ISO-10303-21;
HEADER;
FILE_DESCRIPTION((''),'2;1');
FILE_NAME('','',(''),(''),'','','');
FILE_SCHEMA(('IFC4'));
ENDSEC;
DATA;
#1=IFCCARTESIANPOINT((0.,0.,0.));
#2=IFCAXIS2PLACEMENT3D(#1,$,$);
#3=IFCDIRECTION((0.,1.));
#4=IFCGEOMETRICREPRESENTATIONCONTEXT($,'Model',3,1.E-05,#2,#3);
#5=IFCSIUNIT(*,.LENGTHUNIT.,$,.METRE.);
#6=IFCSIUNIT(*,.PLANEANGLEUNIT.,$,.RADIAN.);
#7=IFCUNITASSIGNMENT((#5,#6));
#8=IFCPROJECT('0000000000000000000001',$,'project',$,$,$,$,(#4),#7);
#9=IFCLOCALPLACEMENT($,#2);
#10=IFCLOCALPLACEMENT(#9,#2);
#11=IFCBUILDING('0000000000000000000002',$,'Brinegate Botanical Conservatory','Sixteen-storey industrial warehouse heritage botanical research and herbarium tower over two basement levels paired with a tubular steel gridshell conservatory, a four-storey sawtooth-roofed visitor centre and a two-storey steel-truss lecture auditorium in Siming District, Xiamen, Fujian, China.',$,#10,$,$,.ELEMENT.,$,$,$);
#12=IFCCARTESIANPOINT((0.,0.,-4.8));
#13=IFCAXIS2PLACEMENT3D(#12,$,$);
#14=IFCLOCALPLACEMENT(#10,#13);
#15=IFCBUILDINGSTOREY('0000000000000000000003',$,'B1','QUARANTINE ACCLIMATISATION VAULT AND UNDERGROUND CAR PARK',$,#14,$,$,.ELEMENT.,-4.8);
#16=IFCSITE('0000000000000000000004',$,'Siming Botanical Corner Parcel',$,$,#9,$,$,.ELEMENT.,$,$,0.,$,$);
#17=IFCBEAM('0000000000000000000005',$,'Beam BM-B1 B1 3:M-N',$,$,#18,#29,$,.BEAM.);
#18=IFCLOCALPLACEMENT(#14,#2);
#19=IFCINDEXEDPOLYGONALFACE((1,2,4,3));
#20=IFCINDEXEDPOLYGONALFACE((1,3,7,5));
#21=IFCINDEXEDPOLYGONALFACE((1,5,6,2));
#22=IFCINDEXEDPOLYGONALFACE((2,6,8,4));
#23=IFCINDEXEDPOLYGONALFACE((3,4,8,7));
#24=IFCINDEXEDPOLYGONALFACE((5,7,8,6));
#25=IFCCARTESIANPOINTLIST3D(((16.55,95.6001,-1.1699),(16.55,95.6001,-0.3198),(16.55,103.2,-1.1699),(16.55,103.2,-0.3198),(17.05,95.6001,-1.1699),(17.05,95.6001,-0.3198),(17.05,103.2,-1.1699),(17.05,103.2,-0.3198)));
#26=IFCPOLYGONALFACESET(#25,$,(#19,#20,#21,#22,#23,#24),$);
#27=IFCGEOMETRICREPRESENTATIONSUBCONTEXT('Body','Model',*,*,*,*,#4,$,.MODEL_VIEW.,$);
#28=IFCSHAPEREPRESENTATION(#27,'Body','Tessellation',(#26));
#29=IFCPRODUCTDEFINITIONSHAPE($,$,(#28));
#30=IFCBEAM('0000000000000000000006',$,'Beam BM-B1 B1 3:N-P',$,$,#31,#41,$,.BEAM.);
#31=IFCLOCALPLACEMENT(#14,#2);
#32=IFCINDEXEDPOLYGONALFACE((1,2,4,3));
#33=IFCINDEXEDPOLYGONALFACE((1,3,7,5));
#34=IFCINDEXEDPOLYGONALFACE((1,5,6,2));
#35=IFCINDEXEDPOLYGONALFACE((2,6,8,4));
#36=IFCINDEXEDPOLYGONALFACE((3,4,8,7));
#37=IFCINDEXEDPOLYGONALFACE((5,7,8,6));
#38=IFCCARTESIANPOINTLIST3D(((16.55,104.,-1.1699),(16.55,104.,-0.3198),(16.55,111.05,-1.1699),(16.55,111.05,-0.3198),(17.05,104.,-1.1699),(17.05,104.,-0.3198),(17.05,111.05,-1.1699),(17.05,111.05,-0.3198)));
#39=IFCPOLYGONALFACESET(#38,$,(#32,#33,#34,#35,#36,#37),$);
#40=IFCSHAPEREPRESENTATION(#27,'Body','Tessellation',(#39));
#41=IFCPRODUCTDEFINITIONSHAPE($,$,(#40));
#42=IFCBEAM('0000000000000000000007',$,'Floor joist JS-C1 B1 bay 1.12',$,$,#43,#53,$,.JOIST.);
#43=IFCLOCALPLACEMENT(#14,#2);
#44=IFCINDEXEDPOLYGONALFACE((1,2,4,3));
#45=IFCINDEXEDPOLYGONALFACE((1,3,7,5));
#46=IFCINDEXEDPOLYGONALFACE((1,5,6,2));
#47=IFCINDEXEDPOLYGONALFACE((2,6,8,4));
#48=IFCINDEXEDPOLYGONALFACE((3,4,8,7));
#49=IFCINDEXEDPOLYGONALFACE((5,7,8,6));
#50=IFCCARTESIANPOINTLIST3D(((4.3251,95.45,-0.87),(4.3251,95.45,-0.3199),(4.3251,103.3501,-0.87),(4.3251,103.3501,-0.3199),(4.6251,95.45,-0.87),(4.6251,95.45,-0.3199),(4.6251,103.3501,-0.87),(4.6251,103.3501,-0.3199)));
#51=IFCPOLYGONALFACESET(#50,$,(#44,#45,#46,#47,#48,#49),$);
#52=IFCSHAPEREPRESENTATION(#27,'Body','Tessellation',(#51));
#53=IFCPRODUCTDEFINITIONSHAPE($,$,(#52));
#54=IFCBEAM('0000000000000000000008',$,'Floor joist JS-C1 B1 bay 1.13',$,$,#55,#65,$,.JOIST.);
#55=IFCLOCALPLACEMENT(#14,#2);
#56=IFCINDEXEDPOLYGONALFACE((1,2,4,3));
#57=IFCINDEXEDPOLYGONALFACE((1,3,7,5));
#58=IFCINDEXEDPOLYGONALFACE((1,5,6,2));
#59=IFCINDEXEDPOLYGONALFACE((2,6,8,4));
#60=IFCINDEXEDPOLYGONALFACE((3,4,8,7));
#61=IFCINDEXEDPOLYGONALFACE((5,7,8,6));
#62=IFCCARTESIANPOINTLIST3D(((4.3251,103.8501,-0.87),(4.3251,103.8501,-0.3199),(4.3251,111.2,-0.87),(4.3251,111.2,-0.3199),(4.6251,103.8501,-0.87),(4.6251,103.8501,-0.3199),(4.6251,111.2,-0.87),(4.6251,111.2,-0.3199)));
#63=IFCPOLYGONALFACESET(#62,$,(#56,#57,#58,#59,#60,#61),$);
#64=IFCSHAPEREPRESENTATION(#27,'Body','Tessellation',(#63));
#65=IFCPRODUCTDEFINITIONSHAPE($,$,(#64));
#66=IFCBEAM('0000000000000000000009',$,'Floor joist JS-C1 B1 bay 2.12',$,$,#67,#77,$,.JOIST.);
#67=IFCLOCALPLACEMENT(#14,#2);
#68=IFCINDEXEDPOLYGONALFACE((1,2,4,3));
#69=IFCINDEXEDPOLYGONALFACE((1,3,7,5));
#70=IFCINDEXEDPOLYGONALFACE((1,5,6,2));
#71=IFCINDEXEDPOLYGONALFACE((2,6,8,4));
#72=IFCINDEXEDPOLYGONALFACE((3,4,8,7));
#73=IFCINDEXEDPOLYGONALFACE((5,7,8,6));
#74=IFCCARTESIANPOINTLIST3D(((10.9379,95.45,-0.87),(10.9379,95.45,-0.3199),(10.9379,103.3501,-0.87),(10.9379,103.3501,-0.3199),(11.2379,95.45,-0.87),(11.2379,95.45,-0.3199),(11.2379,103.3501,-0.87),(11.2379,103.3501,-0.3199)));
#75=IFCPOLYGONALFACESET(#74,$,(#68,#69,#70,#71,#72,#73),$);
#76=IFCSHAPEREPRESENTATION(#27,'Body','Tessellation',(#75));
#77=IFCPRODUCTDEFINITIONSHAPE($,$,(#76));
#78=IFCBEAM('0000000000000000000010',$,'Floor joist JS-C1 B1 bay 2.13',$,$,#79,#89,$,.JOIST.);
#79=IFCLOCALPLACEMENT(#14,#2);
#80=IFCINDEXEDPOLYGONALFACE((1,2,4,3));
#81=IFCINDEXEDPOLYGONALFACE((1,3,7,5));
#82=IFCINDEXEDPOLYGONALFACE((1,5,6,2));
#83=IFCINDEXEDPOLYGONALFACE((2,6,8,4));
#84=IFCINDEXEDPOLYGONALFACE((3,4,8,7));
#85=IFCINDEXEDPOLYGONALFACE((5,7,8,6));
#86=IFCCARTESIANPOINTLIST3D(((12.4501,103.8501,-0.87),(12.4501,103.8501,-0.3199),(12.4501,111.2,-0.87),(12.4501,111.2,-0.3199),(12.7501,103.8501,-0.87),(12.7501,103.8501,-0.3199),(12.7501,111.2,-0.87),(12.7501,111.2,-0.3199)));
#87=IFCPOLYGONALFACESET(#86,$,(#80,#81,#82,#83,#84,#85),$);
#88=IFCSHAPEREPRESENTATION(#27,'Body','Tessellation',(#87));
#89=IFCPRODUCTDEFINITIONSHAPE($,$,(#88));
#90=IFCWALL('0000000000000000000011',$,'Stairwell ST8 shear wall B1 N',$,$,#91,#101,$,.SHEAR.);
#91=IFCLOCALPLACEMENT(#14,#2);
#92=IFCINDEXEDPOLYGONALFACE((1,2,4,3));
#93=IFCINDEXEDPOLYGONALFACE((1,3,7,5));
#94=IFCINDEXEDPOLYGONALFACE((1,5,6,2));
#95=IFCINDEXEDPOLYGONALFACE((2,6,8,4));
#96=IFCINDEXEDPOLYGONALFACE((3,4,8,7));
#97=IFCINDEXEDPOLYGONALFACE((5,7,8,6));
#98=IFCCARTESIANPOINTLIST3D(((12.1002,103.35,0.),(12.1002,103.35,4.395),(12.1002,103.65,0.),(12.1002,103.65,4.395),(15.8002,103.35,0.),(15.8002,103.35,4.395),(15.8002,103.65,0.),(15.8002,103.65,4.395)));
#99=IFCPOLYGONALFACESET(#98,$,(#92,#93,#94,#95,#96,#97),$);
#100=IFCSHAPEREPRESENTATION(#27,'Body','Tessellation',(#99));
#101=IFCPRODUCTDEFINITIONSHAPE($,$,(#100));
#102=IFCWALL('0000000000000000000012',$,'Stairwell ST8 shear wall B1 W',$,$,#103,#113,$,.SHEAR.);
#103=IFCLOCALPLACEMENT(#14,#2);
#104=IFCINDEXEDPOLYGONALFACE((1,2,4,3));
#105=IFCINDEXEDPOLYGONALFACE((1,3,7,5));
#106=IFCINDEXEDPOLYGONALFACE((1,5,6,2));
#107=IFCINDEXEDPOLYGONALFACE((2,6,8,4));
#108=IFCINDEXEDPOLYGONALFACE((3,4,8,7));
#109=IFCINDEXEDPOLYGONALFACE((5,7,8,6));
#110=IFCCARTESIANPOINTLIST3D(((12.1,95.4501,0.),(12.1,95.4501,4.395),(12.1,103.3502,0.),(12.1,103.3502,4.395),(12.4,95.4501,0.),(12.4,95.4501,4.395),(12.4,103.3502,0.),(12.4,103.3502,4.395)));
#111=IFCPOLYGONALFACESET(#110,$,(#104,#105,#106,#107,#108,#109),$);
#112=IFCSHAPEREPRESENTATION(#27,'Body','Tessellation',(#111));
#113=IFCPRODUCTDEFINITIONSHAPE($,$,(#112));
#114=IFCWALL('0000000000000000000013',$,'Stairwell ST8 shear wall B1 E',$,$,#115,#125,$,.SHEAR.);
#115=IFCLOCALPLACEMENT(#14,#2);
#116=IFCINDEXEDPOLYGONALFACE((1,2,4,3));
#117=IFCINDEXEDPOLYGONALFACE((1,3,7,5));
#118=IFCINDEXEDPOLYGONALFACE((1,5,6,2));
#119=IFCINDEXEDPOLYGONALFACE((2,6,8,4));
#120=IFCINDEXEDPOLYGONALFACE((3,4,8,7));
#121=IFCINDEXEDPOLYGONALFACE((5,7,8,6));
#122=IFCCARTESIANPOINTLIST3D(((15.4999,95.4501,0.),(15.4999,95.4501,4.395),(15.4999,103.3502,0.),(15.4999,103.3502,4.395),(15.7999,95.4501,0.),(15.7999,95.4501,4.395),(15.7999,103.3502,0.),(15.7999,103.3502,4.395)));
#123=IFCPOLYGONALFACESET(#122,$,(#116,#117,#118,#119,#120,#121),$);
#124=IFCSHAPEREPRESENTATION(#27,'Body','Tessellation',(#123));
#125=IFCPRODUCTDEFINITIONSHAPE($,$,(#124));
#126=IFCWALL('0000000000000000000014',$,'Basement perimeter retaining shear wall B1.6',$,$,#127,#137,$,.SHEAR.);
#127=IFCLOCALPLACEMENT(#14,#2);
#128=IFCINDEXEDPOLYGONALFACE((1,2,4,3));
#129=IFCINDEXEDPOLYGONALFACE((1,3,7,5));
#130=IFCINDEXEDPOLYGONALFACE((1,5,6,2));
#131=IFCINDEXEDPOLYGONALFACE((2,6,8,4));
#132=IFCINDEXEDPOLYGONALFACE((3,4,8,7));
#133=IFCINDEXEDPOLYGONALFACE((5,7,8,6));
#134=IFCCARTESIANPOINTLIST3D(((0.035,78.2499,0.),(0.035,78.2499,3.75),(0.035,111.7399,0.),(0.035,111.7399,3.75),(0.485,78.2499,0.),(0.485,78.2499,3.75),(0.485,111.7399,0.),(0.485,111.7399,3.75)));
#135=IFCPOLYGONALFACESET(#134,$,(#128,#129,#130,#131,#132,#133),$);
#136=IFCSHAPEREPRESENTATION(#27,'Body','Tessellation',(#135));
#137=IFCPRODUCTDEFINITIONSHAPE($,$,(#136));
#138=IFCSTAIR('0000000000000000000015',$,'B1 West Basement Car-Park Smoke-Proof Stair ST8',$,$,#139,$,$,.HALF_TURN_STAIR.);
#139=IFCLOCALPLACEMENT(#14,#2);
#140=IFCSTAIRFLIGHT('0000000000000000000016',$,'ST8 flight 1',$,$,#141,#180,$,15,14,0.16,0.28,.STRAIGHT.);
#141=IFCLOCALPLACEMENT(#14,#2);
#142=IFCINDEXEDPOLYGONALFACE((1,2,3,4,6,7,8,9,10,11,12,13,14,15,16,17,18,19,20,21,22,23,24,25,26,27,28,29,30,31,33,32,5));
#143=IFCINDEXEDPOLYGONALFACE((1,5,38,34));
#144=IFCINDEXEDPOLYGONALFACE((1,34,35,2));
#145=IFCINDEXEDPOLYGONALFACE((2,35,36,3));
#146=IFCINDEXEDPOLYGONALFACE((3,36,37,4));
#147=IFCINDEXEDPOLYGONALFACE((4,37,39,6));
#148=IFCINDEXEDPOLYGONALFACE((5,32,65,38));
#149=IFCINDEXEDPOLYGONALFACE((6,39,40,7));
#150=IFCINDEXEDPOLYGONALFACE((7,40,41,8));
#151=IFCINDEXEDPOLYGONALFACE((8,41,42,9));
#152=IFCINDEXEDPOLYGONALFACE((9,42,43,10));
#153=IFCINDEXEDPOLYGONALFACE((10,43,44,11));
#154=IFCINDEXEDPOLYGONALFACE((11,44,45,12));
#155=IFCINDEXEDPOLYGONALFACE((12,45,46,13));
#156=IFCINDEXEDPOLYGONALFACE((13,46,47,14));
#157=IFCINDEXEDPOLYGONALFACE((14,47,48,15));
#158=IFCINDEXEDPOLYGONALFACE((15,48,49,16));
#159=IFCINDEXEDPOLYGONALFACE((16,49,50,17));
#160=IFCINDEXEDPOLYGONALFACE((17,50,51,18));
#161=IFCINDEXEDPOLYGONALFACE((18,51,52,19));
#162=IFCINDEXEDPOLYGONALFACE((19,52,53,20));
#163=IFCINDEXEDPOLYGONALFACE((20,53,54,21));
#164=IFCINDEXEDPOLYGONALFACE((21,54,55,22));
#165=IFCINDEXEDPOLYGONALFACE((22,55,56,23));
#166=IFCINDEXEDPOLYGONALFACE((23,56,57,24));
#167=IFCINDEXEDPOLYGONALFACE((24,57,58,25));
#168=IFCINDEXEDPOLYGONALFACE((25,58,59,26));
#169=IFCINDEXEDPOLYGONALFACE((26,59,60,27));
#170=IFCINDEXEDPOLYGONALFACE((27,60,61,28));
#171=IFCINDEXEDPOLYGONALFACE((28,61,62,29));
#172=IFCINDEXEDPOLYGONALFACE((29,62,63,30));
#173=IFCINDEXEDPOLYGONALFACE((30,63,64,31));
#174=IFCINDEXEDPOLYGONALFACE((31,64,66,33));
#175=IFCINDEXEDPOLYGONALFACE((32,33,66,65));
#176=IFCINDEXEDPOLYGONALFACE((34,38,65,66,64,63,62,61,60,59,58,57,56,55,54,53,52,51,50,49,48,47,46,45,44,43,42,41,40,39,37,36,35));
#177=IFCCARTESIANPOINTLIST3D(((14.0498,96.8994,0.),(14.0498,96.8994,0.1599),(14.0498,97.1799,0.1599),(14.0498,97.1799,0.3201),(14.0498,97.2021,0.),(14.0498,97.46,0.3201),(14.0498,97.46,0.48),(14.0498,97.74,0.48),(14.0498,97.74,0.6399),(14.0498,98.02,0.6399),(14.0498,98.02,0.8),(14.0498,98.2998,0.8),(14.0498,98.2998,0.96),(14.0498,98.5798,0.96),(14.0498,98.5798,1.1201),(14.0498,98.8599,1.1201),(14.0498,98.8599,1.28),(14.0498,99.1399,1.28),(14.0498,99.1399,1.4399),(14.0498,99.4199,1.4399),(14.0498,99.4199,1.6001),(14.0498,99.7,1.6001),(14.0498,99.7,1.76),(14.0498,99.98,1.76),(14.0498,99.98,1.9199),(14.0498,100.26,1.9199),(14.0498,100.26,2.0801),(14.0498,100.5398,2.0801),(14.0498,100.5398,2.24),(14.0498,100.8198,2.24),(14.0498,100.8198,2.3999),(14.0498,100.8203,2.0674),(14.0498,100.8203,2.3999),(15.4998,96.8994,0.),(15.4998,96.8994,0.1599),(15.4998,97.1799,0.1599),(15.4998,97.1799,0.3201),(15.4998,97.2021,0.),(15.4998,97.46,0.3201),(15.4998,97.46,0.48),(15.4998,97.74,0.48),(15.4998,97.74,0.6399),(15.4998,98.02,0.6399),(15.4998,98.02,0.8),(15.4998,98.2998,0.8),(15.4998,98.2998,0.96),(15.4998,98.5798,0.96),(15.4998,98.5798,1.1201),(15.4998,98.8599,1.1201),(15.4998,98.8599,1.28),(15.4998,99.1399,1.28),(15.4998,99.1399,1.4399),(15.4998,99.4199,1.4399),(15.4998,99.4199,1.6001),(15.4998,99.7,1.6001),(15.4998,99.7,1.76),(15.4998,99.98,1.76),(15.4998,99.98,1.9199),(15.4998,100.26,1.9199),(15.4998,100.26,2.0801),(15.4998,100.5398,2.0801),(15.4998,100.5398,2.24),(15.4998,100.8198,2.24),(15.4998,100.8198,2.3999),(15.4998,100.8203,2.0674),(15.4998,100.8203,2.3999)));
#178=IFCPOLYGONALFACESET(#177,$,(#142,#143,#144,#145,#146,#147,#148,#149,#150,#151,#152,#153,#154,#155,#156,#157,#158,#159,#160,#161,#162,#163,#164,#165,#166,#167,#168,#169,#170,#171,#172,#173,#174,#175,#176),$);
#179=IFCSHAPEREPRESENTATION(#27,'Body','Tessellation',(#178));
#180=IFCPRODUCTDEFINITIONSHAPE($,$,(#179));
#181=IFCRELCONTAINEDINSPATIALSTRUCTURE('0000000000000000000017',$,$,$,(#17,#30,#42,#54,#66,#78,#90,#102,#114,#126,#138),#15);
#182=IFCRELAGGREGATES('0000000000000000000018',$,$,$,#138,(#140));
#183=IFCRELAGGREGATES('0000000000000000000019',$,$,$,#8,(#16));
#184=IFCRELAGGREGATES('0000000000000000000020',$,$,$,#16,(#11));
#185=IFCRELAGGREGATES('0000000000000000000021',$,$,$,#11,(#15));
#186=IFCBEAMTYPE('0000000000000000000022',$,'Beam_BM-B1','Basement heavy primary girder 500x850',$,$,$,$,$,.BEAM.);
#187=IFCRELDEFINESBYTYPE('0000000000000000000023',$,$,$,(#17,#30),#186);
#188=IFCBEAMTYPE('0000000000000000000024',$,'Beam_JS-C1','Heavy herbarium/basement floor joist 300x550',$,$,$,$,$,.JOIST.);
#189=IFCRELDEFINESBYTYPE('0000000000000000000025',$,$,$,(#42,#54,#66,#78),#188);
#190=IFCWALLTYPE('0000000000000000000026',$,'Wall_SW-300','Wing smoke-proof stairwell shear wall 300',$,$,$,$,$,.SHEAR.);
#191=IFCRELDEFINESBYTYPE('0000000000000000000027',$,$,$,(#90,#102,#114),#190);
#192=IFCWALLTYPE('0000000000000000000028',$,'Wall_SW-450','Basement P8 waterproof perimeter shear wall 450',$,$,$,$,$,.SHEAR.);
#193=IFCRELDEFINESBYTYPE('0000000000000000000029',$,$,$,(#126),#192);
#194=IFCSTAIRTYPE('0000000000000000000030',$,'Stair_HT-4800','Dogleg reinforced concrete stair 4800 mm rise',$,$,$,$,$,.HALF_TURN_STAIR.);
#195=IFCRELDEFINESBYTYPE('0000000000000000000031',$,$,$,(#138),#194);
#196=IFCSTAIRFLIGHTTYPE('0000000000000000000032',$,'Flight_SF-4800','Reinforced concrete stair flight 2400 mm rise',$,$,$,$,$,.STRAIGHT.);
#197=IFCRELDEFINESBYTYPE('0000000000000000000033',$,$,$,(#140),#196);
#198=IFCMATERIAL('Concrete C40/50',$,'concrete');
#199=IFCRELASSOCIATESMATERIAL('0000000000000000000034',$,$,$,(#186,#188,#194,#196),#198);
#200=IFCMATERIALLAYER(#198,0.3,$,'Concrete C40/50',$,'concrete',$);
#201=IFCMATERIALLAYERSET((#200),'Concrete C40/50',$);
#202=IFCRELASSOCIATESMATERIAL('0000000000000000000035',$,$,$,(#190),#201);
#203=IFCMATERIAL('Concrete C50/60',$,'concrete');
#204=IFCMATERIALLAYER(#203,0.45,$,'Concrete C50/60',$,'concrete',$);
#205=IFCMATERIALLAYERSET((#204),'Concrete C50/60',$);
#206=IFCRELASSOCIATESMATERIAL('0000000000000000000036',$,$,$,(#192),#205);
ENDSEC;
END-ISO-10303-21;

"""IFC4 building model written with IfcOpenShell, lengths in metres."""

from ifc_helpers import new_model, si_unit, direction, frame, frame_2d, origin, origin_2d, place, context, subcontext, project, spatial, polyline, rectangle, outline, extrude, material, layer, layer_set, material_profile, profile_set, type_object, element, aggregate, save


model = new_model("IFC4")

# Units and contexts
model_context = context("Model", 3, precision=1e-05, world=origin(), true_north=direction((0.0, 1.0)))
body_context = subcontext(model_context, "Body", "Model", "MODEL_VIEW")
ifc_project = project(units=[si_unit("LENGTHUNIT", "METRE"), si_unit("PLANEANGLEUNIT", "RADIAN")], contexts=[model_context])

# Site, building, storey
site_placement = place(None, origin())
site = spatial("IfcSite", under=ifc_project, at=site_placement, Name="Siming Botanical Corner Parcel", CompositionType="ELEMENT", RefElevation=0.0)
building_placement = place(site_placement, origin())
building = spatial("IfcBuilding", under=site, at=building_placement, Name="Brinegate Botanical Conservatory", Description="Sixteen-storey industrial warehouse heritage botanical research and herbarium tower over two basement levels paired with a tubular steel gridshell conservatory, a four-storey sawtooth-roofed visitor centre and a two-storey steel-truss lecture auditorium in Siming District, Xiamen, Fujian, China.", CompositionType="ELEMENT")
storey_placement = place(building_placement, frame((0.0, 0.0, -4.8)))
storey = spatial("IfcBuildingStorey", under=building, at=storey_placement, Name="B1", Description="QUARANTINE ACCLIMATISATION VAULT AND UNDERGROUND CAR PARK", CompositionType="ELEMENT", Elevation=-4.8)

# Shared definitions
ifc_material_1 = material(Name="Concrete C40/50", Category="concrete")
ifc_material_2 = material(Name="Concrete C50/60", Category="concrete")

# Beams
ifc_material_profile_1 = material_profile(ifc_material_1, rectangle(XDim=0.5, YDim=0.8501, at=origin_2d()), Name="RC BM 500x850")
ifc_profile_set_1 = profile_set([ifc_material_profile_1], Name="Concrete C40/50")
beam_type_1 = type_object("IfcBeamType", Name="Beam_BM-B1", Description="Basement heavy primary girder 500x850", PredefinedType="BEAM", material=ifc_profile_set_1)
beam_1_placement = place(storey_placement, frame((16.8, 95.6001, -0.7449), z_axis=(0.0, 1.0, 0.0), x_axis=(-1.0, 0.0, 0.0)))
element("IfcBeam", 1, at=beam_1_placement, inside=storey, type_object=beam_type_1, Name="Beam BM-B1 B1 3:M-N", PredefinedType="BEAM", context=body_context, shape_type="SweptSolid", body=[
    extrude(rectangle(XDim=0.5, YDim=0.8501, at=origin_2d()), origin(), (0.0, 0.0, 1.0), 7.5999),
])
beam_2_placement = place(storey_placement, frame((16.8, 104.0, -0.7449), z_axis=(0.0, 1.0, 0.0), x_axis=(-1.0, 0.0, 0.0)))
element("IfcBeam", 2, at=beam_2_placement, inside=storey, type_object=beam_type_1, Name="Beam BM-B1 B1 3:N-P", PredefinedType="BEAM", context=body_context, shape_type="SweptSolid", body=[
    extrude(rectangle(XDim=0.5, YDim=0.8501, at=origin_2d()), origin(), (0.0, 0.0, 1.0), 7.05),
])
ifc_material_profile_2 = material_profile(ifc_material_1, rectangle(XDim=0.3, YDim=0.55, at=origin_2d()), Name="RC JST 300x550")
ifc_profile_set_2 = profile_set([ifc_material_profile_2], Name="Concrete C40/50")
beam_type_2 = type_object("IfcBeamType", Name="Beam_JS-C1", Description="Heavy herbarium/basement floor joist 300x550", PredefinedType="JOIST", material=ifc_profile_set_2)
beam_3_placement = place(storey_placement, frame((4.4751, 95.45, -0.595), z_axis=(0.0, 1.0, 0.0), x_axis=(-1.0, 0.0, 0.0)))
element("IfcBeam", 3, at=beam_3_placement, inside=storey, type_object=beam_type_2, Name="Floor joist JS-C1 B1 bay 1.12", PredefinedType="JOIST", context=body_context, shape_type="SweptSolid", body=[
    extrude(rectangle(XDim=0.3, YDim=0.55, at=origin_2d()), origin(), (0.0, 0.0, 1.0), 7.9001),
])
beam_4_placement = place(storey_placement, frame((4.4751, 103.8501, -0.595), z_axis=(0.0, 1.0, 0.0), x_axis=(-1.0, 0.0, 0.0)))
element("IfcBeam", 4, at=beam_4_placement, inside=storey, type_object=beam_type_2, Name="Floor joist JS-C1 B1 bay 1.13", PredefinedType="JOIST", context=body_context, shape_type="SweptSolid", body=[
    extrude(rectangle(XDim=0.3, YDim=0.55, at=origin_2d()), origin(), (0.0, 0.0, 1.0), 7.3499),
])
beam_5_placement = place(storey_placement, frame((11.0879, 95.45, -0.595), z_axis=(0.0, 1.0, 0.0), x_axis=(-1.0, 0.0, 0.0)))
element("IfcBeam", 5, at=beam_5_placement, inside=storey, type_object=beam_type_2, Name="Floor joist JS-C1 B1 bay 2.12", PredefinedType="JOIST", context=body_context, shape_type="SweptSolid", body=[
    extrude(rectangle(XDim=0.3, YDim=0.55, at=origin_2d()), origin(), (0.0, 0.0, 1.0), 7.9001),
])
beam_6_placement = place(storey_placement, frame((12.6001, 103.8501, -0.595), z_axis=(0.0, 1.0, 0.0), x_axis=(-1.0, 0.0, 0.0)))
element("IfcBeam", 6, at=beam_6_placement, inside=storey, type_object=beam_type_2, Name="Floor joist JS-C1 B1 bay 2.13", PredefinedType="JOIST", context=body_context, shape_type="SweptSolid", body=[
    extrude(rectangle(XDim=0.3, YDim=0.55, at=origin_2d()), origin(), (0.0, 0.0, 1.0), 7.3499),
])

# Shared definitions
ifc_layer_1 = layer(ifc_material_1, 0.3, Name="Concrete C40/50", Category="concrete")
ifc_layer_set_1 = layer_set([ifc_layer_1], Name="Concrete C40/50")
wall_type_1 = type_object("IfcWallType", Name="Wall_SW-300", Description="Wing smoke-proof stairwell shear wall 300", PredefinedType="SHEAR", material=ifc_layer_set_1)

# Walls
wall_1_placement = place(storey_placement, frame((12.1001, 103.5, 0.0), z_axis=(0.0, 0.0, 1.0), x_axis=(1.0, 0.0, 0.0)))
element("IfcWall", 7, at=wall_1_placement, inside=storey, type_object=wall_type_1, Name="Stairwell ST8 shear wall B1 N", PredefinedType="SHEAR", context=body_context, shape_type="SweptSolid", body=[
    extrude(rectangle(XDim=3.7, YDim=0.3, at=frame_2d((1.8501, 0.0))), origin(), (0.0, 0.0, 1.0), 4.395),
])
for number, where, z_axis, x_axis, name in (
    (8, (12.25, 95.45, 0.0), (0.0, 0.0, 1.0), (0.0, 1.0, 0.0), "Stairwell ST8 shear wall B1 W"),
    (9, (15.6499, 95.45, 0.0), (0.0, 0.0, 1.0), (0.0, 1.0, 0.0), "Stairwell ST8 shear wall B1 E"),
):
    element("IfcWall", number, at=place(storey_placement, frame(where, z_axis=z_axis, x_axis=x_axis)), inside=storey, type_object=wall_type_1, Name=name, PredefinedType="SHEAR", context=body_context, shape_type="SweptSolid", body=[
        extrude(rectangle(XDim=7.9001, YDim=0.3, at=frame_2d((3.9502, 0.0))), origin(), (0.0, 0.0, 1.0), 4.395),
    ])
ifc_layer_2 = layer(ifc_material_2, 0.45, Name="Concrete C50/60", Category="concrete")
ifc_layer_set_2 = layer_set([ifc_layer_2], Name="Concrete C50/60")
wall_type_2 = type_object("IfcWallType", Name="Wall_SW-450", Description="Basement P8 waterproof perimeter shear wall 450", PredefinedType="SHEAR", material=ifc_layer_set_2)
wall_2_placement = place(storey_placement, frame((0.26, 111.74, 0.0), z_axis=(0.0, 0.0, 1.0), x_axis=(0.0, -1.0, 0.0)))
element("IfcWall", 10, at=wall_2_placement, inside=storey, type_object=wall_type_2, Name="Basement perimeter retaining shear wall B1.6", PredefinedType="SHEAR", context=body_context, shape_type="SweptSolid", body=[
    extrude(rectangle(XDim=33.49, YDim=0.45, at=frame_2d((16.7451, 0.0))), origin(), (0.0, 0.0, 1.0), 3.75),
])

# Stair, stair flight
stair_type = type_object("IfcStairType", Name="Stair_HT-4800", Description="Dogleg reinforced concrete stair 4800 mm rise", PredefinedType="HALF_TURN_STAIR", material=ifc_material_1)
stair_placement = place(storey_placement, origin())
stair = element("IfcStair", 11, at=stair_placement, inside=storey, type_object=stair_type, Name="B1 West Basement Car-Park Smoke-Proof Stair ST8", PredefinedType="HALF_TURN_STAIR")
stair_flight_type = type_object("IfcStairFlightType", Name="Flight_SF-4800", Description="Reinforced concrete stair flight 2400 mm rise", PredefinedType="STRAIGHT", material=ifc_material_1)
stair_flight_1_placement = place(storey_placement, frame((14.7749, 96.8999, 0.0), z_axis=(0.0, 0.0, 1.0), x_axis=(0.0, 1.0, 0.0)))
stair_flight_1 = element("IfcStairFlight", 12, at=stair_flight_1_placement, type_object=stair_flight_type, Name="ST8 flight 1", NumberOfRisers=15, NumberOfTreads=14, PredefinedType="STRAIGHT", RiserHeight=0.16, TreadLength=0.28, context=body_context, shape_type="SweptSolid", body=[
    extrude(outline(polyline([(-0.0005, 0.0), (-0.0005, 0.1599), (0.28, 0.1599), (0.28, 0.3201), (0.5601, 0.3201), (0.5601, 0.48), (0.8401, 0.48), (0.8401, 0.6399), (1.1201, 0.6399), (1.1201, 0.8), (1.3999, 0.8), (1.3999, 0.96), (1.6799, 0.96), (1.6799, 1.1201), (1.96, 1.1201), (1.96, 1.28), (2.24, 1.28), (2.24, 1.4399), (2.52, 1.4399), (2.52, 1.6001), (2.8, 1.6001), (2.8, 1.76), (3.0801, 1.76), (3.0801, 1.9199), (3.3601, 1.9199), (3.3601, 2.0801), (3.6399, 2.0801), (3.6399, 2.24), (3.9199, 2.24), (3.9199, 2.3999), (3.9204, 2.3999), (3.9204, 2.0674), (0.3022, 0.0), (-0.0005, 0.0)])), frame((0.0, 0.7251, 0.0), z_axis=(0.0, -1.0, 0.0), x_axis=(1.0, 0.0, 0.0)), (0.0, 0.0, 1.0), 1.45),
])
aggregate(stair, [stair_flight_1])

save(model, "model.ifc")
